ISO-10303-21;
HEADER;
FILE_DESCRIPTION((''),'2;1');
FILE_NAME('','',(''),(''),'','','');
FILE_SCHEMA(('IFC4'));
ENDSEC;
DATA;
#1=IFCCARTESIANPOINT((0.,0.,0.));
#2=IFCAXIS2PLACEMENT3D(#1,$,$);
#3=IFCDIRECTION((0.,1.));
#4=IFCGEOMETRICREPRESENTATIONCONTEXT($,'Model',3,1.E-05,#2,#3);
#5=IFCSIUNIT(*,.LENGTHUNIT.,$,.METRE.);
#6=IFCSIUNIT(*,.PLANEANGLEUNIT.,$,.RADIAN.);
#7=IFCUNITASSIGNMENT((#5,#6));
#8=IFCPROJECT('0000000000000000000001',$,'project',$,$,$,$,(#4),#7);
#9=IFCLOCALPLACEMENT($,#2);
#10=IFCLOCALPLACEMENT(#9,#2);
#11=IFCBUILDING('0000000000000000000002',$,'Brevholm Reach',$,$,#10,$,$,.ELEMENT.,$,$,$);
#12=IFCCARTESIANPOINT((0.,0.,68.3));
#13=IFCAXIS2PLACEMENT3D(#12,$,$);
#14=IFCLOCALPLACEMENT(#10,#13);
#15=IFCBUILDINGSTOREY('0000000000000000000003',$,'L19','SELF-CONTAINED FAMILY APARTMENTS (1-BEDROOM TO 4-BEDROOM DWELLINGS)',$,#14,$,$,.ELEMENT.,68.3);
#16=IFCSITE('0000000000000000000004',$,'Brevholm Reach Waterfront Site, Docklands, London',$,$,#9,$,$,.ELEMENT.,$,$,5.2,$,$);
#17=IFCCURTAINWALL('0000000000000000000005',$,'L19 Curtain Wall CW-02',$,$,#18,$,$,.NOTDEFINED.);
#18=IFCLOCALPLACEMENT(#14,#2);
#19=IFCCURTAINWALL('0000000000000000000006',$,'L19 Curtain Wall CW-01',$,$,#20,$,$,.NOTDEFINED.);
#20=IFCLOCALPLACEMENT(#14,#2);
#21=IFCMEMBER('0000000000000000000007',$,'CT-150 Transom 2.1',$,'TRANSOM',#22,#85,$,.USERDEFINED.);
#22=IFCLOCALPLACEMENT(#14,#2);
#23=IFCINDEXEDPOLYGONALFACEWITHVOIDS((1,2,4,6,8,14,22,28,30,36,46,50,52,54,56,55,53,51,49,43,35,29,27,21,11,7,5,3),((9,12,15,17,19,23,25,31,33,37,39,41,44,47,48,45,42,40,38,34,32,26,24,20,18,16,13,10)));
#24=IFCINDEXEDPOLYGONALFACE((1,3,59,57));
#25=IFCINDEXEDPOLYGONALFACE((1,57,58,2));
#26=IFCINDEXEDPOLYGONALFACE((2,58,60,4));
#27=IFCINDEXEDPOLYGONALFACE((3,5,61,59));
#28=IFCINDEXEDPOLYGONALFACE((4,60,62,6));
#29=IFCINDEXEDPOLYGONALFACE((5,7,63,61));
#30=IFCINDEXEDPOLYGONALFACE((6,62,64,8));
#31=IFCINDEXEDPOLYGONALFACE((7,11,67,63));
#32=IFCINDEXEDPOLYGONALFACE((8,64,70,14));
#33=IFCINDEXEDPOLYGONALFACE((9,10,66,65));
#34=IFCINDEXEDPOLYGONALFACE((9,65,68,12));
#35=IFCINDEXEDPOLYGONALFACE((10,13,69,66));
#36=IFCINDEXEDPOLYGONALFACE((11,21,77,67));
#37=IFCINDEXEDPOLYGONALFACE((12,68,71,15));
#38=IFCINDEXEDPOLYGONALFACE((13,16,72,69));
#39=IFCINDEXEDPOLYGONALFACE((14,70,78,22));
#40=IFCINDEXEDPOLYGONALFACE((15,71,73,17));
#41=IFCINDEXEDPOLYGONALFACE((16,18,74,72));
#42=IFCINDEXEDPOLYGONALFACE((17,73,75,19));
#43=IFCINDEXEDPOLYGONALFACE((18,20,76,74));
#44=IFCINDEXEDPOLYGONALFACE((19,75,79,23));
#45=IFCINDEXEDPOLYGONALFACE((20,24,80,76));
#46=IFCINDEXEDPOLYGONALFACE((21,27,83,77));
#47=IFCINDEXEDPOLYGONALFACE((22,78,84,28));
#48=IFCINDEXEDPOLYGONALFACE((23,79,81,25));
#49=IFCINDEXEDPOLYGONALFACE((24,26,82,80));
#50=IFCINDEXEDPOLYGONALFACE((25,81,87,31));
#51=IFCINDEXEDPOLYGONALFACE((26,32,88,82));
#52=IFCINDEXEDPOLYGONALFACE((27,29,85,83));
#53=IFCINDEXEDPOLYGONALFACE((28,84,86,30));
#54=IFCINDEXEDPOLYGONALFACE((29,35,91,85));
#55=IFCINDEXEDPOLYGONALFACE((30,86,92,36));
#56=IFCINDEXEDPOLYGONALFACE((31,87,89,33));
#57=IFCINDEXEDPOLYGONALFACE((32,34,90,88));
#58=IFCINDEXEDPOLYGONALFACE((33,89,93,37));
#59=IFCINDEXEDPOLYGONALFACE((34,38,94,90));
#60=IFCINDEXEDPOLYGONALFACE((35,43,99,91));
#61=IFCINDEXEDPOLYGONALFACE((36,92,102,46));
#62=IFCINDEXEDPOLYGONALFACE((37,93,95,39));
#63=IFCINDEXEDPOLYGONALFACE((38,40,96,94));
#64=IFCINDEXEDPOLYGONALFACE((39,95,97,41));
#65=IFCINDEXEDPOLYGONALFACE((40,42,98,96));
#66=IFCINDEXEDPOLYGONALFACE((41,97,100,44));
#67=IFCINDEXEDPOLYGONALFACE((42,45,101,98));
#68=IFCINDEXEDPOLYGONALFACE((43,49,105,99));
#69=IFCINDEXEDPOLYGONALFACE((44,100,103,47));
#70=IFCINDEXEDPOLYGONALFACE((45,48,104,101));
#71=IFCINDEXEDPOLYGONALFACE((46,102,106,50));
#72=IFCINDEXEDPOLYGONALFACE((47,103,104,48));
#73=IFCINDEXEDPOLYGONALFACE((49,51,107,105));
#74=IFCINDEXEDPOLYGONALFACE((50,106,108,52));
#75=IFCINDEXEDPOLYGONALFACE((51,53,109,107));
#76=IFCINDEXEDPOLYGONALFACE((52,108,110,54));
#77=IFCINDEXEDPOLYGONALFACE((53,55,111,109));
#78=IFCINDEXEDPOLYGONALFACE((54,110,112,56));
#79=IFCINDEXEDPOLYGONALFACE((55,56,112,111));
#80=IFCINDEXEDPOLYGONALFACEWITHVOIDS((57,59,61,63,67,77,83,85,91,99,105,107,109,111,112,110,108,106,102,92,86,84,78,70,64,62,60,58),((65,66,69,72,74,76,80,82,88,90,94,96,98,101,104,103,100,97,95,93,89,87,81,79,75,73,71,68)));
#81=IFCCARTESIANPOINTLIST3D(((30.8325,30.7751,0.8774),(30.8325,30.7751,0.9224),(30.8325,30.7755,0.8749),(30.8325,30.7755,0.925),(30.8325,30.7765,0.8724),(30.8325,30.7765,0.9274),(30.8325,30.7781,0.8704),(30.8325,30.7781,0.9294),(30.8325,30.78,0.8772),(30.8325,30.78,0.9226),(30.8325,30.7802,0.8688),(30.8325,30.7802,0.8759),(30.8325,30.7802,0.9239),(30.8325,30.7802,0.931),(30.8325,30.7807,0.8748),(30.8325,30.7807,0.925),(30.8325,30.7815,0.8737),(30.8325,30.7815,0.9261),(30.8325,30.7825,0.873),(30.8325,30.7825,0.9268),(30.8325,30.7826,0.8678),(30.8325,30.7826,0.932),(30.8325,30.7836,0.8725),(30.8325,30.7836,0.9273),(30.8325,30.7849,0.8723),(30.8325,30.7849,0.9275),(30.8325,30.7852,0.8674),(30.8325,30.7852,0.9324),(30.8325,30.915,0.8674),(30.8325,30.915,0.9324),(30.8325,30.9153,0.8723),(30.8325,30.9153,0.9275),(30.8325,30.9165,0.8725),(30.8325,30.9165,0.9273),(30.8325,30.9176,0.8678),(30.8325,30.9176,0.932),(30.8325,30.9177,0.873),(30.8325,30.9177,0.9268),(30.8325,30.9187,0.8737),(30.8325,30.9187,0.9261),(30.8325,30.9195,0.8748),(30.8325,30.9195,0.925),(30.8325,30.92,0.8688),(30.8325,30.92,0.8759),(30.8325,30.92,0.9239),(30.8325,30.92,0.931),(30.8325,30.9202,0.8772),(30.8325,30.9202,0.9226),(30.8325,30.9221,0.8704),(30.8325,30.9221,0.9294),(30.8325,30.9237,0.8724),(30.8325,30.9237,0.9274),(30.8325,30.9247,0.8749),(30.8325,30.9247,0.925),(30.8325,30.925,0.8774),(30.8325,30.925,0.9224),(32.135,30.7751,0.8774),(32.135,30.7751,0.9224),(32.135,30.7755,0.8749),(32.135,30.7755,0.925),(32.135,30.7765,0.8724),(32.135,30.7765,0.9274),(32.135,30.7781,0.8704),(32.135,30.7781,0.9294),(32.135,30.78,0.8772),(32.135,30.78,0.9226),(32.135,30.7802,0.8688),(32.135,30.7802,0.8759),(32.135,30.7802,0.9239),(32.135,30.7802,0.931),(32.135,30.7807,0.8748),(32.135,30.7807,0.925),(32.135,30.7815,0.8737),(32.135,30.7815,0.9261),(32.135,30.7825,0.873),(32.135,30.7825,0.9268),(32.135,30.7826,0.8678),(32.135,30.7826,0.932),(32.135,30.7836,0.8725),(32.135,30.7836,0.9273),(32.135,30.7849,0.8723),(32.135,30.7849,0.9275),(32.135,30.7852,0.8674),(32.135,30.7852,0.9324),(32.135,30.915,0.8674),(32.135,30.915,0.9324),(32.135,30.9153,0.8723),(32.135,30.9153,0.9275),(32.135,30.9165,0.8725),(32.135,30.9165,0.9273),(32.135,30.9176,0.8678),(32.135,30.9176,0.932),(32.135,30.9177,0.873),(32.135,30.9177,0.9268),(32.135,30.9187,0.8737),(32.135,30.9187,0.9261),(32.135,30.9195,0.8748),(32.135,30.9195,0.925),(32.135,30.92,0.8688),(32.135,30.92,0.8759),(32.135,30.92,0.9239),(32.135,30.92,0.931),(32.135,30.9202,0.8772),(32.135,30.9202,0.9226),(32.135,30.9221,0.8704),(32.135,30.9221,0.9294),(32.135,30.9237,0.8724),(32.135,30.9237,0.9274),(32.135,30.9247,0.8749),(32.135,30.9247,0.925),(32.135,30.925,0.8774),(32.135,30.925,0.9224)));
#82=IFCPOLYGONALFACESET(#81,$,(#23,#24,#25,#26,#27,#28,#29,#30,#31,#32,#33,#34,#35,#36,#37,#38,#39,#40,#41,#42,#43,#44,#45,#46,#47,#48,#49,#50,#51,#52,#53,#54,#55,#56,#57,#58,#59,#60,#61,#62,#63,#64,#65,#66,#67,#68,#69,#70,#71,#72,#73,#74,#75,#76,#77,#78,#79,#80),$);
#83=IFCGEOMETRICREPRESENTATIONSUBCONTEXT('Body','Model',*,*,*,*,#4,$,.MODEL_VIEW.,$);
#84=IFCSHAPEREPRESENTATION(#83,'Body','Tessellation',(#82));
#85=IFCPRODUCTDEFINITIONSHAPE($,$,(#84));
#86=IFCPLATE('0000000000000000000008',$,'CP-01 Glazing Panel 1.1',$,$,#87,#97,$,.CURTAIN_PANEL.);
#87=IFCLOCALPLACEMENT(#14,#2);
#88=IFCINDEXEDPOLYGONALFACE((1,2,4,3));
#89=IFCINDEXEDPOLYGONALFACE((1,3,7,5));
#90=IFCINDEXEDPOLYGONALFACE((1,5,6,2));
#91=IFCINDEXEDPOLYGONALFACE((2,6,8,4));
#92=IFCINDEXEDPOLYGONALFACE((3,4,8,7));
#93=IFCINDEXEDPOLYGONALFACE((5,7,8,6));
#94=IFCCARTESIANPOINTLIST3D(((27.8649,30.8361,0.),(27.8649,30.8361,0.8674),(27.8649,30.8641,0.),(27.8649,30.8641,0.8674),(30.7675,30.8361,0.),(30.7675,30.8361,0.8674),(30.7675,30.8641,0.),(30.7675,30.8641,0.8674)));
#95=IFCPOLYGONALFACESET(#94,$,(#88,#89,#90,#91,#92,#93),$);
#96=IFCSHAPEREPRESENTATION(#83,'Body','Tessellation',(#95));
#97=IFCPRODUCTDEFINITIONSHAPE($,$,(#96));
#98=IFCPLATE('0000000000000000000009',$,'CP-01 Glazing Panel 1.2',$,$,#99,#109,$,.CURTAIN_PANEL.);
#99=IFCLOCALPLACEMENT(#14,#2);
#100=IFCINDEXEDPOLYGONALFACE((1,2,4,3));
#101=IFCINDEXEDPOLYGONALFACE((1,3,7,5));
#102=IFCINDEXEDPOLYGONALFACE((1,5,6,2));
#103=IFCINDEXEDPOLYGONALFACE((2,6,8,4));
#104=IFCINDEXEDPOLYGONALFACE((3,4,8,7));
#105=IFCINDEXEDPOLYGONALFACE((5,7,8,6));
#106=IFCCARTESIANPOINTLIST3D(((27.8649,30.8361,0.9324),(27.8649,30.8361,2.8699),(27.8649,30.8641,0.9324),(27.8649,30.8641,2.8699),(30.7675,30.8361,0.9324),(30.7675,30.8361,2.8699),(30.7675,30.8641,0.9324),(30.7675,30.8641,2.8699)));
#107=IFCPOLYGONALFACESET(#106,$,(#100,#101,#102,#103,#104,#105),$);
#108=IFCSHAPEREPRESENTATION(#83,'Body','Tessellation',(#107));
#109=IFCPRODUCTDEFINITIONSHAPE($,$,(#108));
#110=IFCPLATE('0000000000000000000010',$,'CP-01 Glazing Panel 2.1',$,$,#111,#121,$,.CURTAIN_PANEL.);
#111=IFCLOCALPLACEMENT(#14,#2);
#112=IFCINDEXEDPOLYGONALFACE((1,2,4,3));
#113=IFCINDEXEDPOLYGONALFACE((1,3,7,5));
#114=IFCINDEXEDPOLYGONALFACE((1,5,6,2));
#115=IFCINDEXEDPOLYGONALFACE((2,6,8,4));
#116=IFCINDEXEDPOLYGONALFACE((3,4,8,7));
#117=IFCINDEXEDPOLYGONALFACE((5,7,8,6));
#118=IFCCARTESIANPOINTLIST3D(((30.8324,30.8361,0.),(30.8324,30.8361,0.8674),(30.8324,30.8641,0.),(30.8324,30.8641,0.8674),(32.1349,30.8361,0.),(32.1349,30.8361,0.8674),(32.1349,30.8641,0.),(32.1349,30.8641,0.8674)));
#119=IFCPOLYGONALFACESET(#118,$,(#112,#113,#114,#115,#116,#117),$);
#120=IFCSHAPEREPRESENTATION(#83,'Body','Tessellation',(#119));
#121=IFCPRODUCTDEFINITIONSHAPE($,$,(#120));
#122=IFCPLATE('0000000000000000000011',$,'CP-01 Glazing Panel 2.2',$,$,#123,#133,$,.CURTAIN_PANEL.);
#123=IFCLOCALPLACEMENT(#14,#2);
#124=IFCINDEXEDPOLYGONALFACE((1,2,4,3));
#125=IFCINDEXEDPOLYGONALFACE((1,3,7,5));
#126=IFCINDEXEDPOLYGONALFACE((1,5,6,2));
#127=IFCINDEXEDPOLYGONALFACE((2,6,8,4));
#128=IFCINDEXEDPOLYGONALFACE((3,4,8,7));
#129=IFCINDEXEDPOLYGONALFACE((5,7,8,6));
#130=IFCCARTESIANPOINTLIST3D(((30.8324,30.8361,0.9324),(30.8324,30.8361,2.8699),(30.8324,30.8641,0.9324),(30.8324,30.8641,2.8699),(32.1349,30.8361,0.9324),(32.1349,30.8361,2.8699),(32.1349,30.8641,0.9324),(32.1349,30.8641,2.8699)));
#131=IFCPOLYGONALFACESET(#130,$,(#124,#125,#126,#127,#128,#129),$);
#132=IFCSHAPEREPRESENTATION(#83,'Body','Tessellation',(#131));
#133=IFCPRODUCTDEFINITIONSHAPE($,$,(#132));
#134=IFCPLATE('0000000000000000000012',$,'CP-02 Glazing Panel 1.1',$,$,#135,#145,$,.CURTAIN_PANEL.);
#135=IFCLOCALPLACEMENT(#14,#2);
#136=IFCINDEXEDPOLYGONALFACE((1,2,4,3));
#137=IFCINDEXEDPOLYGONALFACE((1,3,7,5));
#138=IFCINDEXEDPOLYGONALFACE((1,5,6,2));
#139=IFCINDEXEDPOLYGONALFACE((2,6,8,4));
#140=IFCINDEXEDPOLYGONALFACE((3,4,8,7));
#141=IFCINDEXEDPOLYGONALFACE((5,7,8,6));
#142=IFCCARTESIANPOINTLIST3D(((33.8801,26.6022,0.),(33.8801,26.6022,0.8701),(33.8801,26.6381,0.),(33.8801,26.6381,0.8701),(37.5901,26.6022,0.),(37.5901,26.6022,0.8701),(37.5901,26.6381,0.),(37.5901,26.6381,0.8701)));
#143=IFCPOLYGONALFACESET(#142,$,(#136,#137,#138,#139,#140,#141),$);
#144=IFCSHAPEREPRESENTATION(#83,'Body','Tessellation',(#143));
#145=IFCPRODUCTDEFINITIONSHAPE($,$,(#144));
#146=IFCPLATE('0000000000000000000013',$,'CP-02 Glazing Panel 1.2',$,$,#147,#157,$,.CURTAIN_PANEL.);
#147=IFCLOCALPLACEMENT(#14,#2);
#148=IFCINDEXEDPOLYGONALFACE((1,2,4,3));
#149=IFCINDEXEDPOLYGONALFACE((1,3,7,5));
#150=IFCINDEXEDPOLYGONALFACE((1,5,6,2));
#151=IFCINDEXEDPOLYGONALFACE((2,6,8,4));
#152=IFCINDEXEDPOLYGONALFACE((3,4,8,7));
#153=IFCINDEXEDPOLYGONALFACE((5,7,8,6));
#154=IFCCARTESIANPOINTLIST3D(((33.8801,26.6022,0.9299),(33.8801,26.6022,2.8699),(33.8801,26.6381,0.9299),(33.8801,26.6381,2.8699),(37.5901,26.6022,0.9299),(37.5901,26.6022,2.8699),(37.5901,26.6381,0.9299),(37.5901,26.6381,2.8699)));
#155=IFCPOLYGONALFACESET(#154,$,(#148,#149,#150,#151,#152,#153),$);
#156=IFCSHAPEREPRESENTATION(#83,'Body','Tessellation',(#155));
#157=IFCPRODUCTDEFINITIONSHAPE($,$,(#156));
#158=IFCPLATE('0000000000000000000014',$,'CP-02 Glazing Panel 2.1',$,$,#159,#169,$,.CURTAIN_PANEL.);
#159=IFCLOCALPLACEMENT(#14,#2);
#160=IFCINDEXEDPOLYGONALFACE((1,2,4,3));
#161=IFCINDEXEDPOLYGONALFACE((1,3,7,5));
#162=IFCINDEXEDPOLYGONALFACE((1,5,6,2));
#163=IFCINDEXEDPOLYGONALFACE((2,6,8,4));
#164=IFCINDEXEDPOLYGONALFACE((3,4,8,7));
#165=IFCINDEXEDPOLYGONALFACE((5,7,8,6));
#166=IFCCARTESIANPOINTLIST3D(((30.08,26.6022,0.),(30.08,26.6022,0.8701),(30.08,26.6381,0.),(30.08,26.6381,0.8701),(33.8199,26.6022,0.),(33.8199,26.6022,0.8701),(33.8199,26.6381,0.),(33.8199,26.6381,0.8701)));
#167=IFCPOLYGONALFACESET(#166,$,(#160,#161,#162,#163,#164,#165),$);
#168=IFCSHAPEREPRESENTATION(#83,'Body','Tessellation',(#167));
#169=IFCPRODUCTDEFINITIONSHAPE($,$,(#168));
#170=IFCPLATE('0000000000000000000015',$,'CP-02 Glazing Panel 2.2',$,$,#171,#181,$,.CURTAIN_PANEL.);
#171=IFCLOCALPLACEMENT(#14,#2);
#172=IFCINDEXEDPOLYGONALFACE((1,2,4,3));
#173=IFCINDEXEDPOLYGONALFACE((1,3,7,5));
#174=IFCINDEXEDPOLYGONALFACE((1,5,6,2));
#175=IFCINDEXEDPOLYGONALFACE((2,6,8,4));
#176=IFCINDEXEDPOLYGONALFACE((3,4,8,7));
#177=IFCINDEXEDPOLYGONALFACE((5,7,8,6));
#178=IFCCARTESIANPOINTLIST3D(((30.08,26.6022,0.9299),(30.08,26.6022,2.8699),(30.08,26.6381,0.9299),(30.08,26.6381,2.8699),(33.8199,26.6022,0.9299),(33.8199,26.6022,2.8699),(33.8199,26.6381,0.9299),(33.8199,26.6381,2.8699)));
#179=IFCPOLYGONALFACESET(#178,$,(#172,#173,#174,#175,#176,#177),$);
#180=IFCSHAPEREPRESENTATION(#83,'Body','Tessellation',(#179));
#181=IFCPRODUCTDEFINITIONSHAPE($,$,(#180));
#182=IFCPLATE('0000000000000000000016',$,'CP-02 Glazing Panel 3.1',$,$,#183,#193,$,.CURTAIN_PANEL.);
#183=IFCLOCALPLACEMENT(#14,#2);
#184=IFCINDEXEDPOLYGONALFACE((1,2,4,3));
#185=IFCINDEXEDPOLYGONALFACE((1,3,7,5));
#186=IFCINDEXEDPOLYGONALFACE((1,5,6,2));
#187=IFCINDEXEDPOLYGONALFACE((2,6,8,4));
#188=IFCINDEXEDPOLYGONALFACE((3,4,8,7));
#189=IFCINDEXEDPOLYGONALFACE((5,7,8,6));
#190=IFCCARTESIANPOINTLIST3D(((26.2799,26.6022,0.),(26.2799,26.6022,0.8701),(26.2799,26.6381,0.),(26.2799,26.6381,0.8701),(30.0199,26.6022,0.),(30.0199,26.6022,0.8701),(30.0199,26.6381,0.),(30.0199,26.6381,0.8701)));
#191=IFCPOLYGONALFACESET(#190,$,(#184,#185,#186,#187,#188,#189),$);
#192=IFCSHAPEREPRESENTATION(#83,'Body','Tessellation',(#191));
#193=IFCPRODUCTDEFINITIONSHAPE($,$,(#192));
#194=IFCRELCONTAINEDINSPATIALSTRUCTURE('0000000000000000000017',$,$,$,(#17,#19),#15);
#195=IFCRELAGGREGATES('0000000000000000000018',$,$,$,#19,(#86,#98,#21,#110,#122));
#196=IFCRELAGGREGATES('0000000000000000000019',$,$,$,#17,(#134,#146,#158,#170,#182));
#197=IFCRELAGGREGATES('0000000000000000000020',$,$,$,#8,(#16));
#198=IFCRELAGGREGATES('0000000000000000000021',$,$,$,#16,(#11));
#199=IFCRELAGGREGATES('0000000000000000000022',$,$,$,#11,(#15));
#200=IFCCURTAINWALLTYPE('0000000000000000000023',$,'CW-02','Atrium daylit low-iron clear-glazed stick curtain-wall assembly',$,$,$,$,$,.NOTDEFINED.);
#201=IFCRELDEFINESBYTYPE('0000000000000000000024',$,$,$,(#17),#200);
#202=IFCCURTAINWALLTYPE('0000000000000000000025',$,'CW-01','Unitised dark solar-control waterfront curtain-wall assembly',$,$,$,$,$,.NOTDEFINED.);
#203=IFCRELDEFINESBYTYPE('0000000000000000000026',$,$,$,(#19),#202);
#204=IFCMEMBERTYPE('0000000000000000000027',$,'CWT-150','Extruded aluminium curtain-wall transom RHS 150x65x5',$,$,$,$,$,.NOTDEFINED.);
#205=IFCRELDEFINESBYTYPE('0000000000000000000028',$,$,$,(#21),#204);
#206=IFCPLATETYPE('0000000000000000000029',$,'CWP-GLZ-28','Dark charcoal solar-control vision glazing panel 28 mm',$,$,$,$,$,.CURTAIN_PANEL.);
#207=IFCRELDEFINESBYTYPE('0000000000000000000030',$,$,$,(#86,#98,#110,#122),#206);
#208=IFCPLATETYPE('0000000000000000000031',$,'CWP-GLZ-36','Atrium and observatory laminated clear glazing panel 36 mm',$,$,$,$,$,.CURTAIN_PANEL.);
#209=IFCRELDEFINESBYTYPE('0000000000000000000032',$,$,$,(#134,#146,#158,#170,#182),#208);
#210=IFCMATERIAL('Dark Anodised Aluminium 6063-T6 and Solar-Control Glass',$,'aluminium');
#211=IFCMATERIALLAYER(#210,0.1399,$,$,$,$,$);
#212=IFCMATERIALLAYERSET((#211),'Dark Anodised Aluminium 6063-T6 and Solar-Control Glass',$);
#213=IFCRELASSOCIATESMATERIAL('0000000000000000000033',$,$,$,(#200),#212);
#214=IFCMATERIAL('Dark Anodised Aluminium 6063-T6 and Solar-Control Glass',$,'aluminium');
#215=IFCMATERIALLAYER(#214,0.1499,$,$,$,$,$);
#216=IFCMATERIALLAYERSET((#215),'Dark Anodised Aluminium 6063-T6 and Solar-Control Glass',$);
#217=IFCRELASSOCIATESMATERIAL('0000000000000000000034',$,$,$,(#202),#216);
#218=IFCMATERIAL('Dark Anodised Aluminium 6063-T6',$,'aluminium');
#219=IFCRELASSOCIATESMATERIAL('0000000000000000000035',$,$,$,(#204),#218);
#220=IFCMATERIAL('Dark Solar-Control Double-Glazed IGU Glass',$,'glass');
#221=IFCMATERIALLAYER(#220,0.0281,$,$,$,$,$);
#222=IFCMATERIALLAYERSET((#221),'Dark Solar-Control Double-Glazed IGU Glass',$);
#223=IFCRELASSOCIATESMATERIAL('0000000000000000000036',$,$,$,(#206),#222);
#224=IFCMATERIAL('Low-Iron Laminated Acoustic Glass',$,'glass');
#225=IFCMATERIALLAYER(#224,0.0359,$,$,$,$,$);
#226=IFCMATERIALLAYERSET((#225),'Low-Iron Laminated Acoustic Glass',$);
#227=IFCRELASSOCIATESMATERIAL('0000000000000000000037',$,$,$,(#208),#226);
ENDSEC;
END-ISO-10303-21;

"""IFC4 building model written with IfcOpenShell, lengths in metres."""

from ifc_helpers import new_model, si_unit, direction, frame, origin, origin_2d, place, context, subcontext, project, spatial, rectangle, hollow_rectangle, extrude, material, layer, layer_set, material_profile, profile_set, type_object, element, aggregate, save


model = new_model("IFC4")

# Units and contexts
model_context = context("Model", 3, precision=1e-05, world=origin(), true_north=direction((0.0, 1.0)))
body_context = subcontext(model_context, "Body", "Model", "MODEL_VIEW")
ifc_project = project(units=[si_unit("LENGTHUNIT", "METRE"), si_unit("PLANEANGLEUNIT", "RADIAN")], contexts=[model_context])

# Site, building, storey
site_placement = place(None, origin())
site = spatial("IfcSite", under=ifc_project, at=site_placement, Name="Brevholm Reach Waterfront Site, Docklands, London", CompositionType="ELEMENT", RefElevation=5.2)
building_placement = place(site_placement, origin())
building = spatial("IfcBuilding", under=site, at=building_placement, Name="Brevholm Reach", CompositionType="ELEMENT")
storey_placement = place(building_placement, frame((0.0, 0.0, 68.3)))
storey = spatial("IfcBuildingStorey", under=building, at=storey_placement, Name="L19", Description="SELF-CONTAINED FAMILY APARTMENTS (1-BEDROOM TO 4-BEDROOM DWELLINGS)", CompositionType="ELEMENT", Elevation=68.3)

# Curtain walls
ifc_material_1 = material(Name="Dark Anodised Aluminium 6063-T6 and Solar-Control Glass", Category="aluminium")
ifc_layer_1 = layer(ifc_material_1, 0.1399)
ifc_layer_set_1 = layer_set([ifc_layer_1], Name="Dark Anodised Aluminium 6063-T6 and Solar-Control Glass")
curtain_wall_type_1 = type_object("IfcCurtainWallType", Name="CW-02", Description="Atrium daylit low-iron clear-glazed stick curtain-wall assembly", PredefinedType="NOTDEFINED", material=ifc_layer_set_1)
curtain_wall_1_placement = place(storey_placement, origin())
curtain_wall_1 = element("IfcCurtainWall", 1, at=curtain_wall_1_placement, inside=storey, type_object=curtain_wall_type_1, Name="L19 Curtain Wall CW-02", PredefinedType="NOTDEFINED")
ifc_material_2 = material(Name="Dark Anodised Aluminium 6063-T6 and Solar-Control Glass", Category="aluminium")
ifc_layer_2 = layer(ifc_material_2, 0.1499)
ifc_layer_set_2 = layer_set([ifc_layer_2], Name="Dark Anodised Aluminium 6063-T6 and Solar-Control Glass")
curtain_wall_type_2 = type_object("IfcCurtainWallType", Name="CW-01", Description="Unitised dark solar-control waterfront curtain-wall assembly", PredefinedType="NOTDEFINED", material=ifc_layer_set_2)
curtain_wall_2_placement = place(storey_placement, origin())
curtain_wall_2 = element("IfcCurtainWall", 2, at=curtain_wall_2_placement, inside=storey, type_object=curtain_wall_type_2, Name="L19 Curtain Wall CW-01", PredefinedType="NOTDEFINED")

# Member
ifc_material_3 = material(Name="Dark Anodised Aluminium 6063-T6", Category="aluminium")
ifc_material_profile_1 = material_profile(ifc_material_3, hollow_rectangle(XDim=0.0649, YDim=0.1499, WallThickness=0.0049, InnerFilletRadius=0.0049, OuterFilletRadius=0.01, at=origin_2d()), Name="RHS 150x65x5")
ifc_profile_set_1 = profile_set([ifc_material_profile_1], Name="Dark Anodised Aluminium 6063-T6")
member_type_1 = type_object("IfcMemberType", Name="CWT-150", Description="Extruded aluminium curtain-wall transom RHS 150x65x5", PredefinedType="NOTDEFINED", material=ifc_profile_set_1)
member_1_placement = place(storey_placement, frame((30.8325, 30.8501, 0.8999), z_axis=(1.0, 0.0, 0.0), x_axis=(0.0, 0.0, 1.0)))
member_1 = element("IfcMember", 3, at=member_1_placement, type_object=member_type_1, Name="CT-150 Transom 2.1", ObjectType="TRANSOM", PredefinedType="USERDEFINED", context=body_context, shape_type="SweptSolid", body=[
    extrude(hollow_rectangle(XDim=0.0649, YDim=0.1499, WallThickness=0.0049, InnerFilletRadius=0.0049, OuterFilletRadius=0.01, at=origin_2d()), origin(), (0.0, 0.0, 1.0), 1.3025),
])

# Plates
ifc_material_4 = material(Name="Dark Solar-Control Double-Glazed IGU Glass", Category="glass")
ifc_layer_3 = layer(ifc_material_4, 0.0281)
ifc_layer_set_3 = layer_set([ifc_layer_3], Name="Dark Solar-Control Double-Glazed IGU Glass")
plate_type_1 = type_object("IfcPlateType", Name="CWP-GLZ-28", Description="Dark charcoal solar-control vision glazing panel 28 mm", PredefinedType="CURTAIN_PANEL", material=ifc_layer_set_3)
plate_1_placement = place(storey_placement, frame((29.3162, 30.8501, 0.0), z_axis=(0.0, 0.0, 1.0), x_axis=(1.0, 0.0, 0.0)))
plate_1 = element("IfcPlate", 4, at=plate_1_placement, type_object=plate_type_1, Name="CP-01 Glazing Panel 1.1", PredefinedType="CURTAIN_PANEL", context=body_context, shape_type="SweptSolid", body=[
    extrude(rectangle(XDim=2.9026, YDim=0.0281, at=origin_2d()), origin(), (0.0, 0.0, 1.0), 0.8674),
])
plate_2_placement = place(storey_placement, frame((29.3162, 30.8501, 0.9324), z_axis=(0.0, 0.0, 1.0), x_axis=(1.0, 0.0, 0.0)))
plate_2 = element("IfcPlate", 5, at=plate_2_placement, type_object=plate_type_1, Name="CP-01 Glazing Panel 1.2", PredefinedType="CURTAIN_PANEL", context=body_context, shape_type="SweptSolid", body=[
    extrude(rectangle(XDim=2.9026, YDim=0.0281, at=origin_2d()), origin(), (0.0, 0.0, 1.0), 1.9375),
])
plate_3_placement = place(storey_placement, frame((31.4836, 30.8501, 0.0), z_axis=(0.0, 0.0, 1.0), x_axis=(1.0, 0.0, 0.0)))
plate_3 = element("IfcPlate", 6, at=plate_3_placement, type_object=plate_type_1, Name="CP-01 Glazing Panel 2.1", PredefinedType="CURTAIN_PANEL", context=body_context, shape_type="SweptSolid", body=[
    extrude(rectangle(XDim=1.3025, YDim=0.0281, at=origin_2d()), origin(), (0.0, 0.0, 1.0), 0.8674),
])
plate_4_placement = place(storey_placement, frame((31.4836, 30.8501, 0.9324), z_axis=(0.0, 0.0, 1.0), x_axis=(1.0, 0.0, 0.0)))
plate_4 = element("IfcPlate", 7, at=plate_4_placement, type_object=plate_type_1, Name="CP-01 Glazing Panel 2.2", PredefinedType="CURTAIN_PANEL", context=body_context, shape_type="SweptSolid", body=[
    extrude(rectangle(XDim=1.3025, YDim=0.0281, at=origin_2d()), origin(), (0.0, 0.0, 1.0), 1.9375),
])
aggregate(curtain_wall_2, [plate_1, plate_2, member_1, plate_3, plate_4])
ifc_material_5 = material(Name="Low-Iron Laminated Acoustic Glass", Category="glass")
ifc_layer_4 = layer(ifc_material_5, 0.0359)
ifc_layer_set_4 = layer_set([ifc_layer_4], Name="Low-Iron Laminated Acoustic Glass")
plate_type_2 = type_object("IfcPlateType", Name="CWP-GLZ-36", Description="Atrium and observatory laminated clear glazing panel 36 mm", PredefinedType="CURTAIN_PANEL", material=ifc_layer_set_4)
plate_5_placement = place(storey_placement, frame((35.7351, 26.6201, 0.0), z_axis=(0.0, 0.0, 1.0), x_axis=(-1.0, 0.0, 0.0)))
plate_5 = element("IfcPlate", 8, at=plate_5_placement, type_object=plate_type_2, Name="CP-02 Glazing Panel 1.1", PredefinedType="CURTAIN_PANEL", context=body_context, shape_type="SweptSolid", body=[
    extrude(rectangle(XDim=3.71, YDim=0.0359, at=origin_2d()), origin(), (0.0, 0.0, 1.0), 0.8701),
])
plate_6_placement = place(storey_placement, frame((35.7351, 26.6201, 0.9299), z_axis=(0.0, 0.0, 1.0), x_axis=(-1.0, 0.0, 0.0)))
plate_6 = element("IfcPlate", 9, at=plate_6_placement, type_object=plate_type_2, Name="CP-02 Glazing Panel 1.2", PredefinedType="CURTAIN_PANEL", context=body_context, shape_type="SweptSolid", body=[
    extrude(rectangle(XDim=3.71, YDim=0.0359, at=origin_2d()), origin(), (0.0, 0.0, 1.0), 1.9399),
])
plate_7_placement = place(storey_placement, frame((31.95, 26.6201, 0.0), z_axis=(0.0, 0.0, 1.0), x_axis=(-1.0, 0.0, 0.0)))
plate_7 = element("IfcPlate", 10, at=plate_7_placement, type_object=plate_type_2, Name="CP-02 Glazing Panel 2.1", PredefinedType="CURTAIN_PANEL", context=body_context, shape_type="SweptSolid", body=[
    extrude(rectangle(XDim=3.74, YDim=0.0359, at=origin_2d()), origin(), (0.0, 0.0, 1.0), 0.8701),
])
plate_8_placement = place(storey_placement, frame((31.95, 26.6201, 0.9299), z_axis=(0.0, 0.0, 1.0), x_axis=(-1.0, 0.0, 0.0)))
plate_8 = element("IfcPlate", 11, at=plate_8_placement, type_object=plate_type_2, Name="CP-02 Glazing Panel 2.2", PredefinedType="CURTAIN_PANEL", context=body_context, shape_type="SweptSolid", body=[
    extrude(rectangle(XDim=3.74, YDim=0.0359, at=origin_2d()), origin(), (0.0, 0.0, 1.0), 1.9399),
])
plate_9_placement = place(storey_placement, frame((28.1499, 26.6201, 0.0), z_axis=(0.0, 0.0, 1.0), x_axis=(-1.0, 0.0, 0.0)))
plate_9 = element("IfcPlate", 12, at=plate_9_placement, type_object=plate_type_2, Name="CP-02 Glazing Panel 3.1", PredefinedType="CURTAIN_PANEL", context=body_context, shape_type="SweptSolid", body=[
    extrude(rectangle(XDim=3.74, YDim=0.0359, at=origin_2d()), origin(), (0.0, 0.0, 1.0), 0.8701),
])
aggregate(curtain_wall_1, [plate_5, plate_6, plate_7, plate_8, plate_9])

save(model, "model.ifc")
